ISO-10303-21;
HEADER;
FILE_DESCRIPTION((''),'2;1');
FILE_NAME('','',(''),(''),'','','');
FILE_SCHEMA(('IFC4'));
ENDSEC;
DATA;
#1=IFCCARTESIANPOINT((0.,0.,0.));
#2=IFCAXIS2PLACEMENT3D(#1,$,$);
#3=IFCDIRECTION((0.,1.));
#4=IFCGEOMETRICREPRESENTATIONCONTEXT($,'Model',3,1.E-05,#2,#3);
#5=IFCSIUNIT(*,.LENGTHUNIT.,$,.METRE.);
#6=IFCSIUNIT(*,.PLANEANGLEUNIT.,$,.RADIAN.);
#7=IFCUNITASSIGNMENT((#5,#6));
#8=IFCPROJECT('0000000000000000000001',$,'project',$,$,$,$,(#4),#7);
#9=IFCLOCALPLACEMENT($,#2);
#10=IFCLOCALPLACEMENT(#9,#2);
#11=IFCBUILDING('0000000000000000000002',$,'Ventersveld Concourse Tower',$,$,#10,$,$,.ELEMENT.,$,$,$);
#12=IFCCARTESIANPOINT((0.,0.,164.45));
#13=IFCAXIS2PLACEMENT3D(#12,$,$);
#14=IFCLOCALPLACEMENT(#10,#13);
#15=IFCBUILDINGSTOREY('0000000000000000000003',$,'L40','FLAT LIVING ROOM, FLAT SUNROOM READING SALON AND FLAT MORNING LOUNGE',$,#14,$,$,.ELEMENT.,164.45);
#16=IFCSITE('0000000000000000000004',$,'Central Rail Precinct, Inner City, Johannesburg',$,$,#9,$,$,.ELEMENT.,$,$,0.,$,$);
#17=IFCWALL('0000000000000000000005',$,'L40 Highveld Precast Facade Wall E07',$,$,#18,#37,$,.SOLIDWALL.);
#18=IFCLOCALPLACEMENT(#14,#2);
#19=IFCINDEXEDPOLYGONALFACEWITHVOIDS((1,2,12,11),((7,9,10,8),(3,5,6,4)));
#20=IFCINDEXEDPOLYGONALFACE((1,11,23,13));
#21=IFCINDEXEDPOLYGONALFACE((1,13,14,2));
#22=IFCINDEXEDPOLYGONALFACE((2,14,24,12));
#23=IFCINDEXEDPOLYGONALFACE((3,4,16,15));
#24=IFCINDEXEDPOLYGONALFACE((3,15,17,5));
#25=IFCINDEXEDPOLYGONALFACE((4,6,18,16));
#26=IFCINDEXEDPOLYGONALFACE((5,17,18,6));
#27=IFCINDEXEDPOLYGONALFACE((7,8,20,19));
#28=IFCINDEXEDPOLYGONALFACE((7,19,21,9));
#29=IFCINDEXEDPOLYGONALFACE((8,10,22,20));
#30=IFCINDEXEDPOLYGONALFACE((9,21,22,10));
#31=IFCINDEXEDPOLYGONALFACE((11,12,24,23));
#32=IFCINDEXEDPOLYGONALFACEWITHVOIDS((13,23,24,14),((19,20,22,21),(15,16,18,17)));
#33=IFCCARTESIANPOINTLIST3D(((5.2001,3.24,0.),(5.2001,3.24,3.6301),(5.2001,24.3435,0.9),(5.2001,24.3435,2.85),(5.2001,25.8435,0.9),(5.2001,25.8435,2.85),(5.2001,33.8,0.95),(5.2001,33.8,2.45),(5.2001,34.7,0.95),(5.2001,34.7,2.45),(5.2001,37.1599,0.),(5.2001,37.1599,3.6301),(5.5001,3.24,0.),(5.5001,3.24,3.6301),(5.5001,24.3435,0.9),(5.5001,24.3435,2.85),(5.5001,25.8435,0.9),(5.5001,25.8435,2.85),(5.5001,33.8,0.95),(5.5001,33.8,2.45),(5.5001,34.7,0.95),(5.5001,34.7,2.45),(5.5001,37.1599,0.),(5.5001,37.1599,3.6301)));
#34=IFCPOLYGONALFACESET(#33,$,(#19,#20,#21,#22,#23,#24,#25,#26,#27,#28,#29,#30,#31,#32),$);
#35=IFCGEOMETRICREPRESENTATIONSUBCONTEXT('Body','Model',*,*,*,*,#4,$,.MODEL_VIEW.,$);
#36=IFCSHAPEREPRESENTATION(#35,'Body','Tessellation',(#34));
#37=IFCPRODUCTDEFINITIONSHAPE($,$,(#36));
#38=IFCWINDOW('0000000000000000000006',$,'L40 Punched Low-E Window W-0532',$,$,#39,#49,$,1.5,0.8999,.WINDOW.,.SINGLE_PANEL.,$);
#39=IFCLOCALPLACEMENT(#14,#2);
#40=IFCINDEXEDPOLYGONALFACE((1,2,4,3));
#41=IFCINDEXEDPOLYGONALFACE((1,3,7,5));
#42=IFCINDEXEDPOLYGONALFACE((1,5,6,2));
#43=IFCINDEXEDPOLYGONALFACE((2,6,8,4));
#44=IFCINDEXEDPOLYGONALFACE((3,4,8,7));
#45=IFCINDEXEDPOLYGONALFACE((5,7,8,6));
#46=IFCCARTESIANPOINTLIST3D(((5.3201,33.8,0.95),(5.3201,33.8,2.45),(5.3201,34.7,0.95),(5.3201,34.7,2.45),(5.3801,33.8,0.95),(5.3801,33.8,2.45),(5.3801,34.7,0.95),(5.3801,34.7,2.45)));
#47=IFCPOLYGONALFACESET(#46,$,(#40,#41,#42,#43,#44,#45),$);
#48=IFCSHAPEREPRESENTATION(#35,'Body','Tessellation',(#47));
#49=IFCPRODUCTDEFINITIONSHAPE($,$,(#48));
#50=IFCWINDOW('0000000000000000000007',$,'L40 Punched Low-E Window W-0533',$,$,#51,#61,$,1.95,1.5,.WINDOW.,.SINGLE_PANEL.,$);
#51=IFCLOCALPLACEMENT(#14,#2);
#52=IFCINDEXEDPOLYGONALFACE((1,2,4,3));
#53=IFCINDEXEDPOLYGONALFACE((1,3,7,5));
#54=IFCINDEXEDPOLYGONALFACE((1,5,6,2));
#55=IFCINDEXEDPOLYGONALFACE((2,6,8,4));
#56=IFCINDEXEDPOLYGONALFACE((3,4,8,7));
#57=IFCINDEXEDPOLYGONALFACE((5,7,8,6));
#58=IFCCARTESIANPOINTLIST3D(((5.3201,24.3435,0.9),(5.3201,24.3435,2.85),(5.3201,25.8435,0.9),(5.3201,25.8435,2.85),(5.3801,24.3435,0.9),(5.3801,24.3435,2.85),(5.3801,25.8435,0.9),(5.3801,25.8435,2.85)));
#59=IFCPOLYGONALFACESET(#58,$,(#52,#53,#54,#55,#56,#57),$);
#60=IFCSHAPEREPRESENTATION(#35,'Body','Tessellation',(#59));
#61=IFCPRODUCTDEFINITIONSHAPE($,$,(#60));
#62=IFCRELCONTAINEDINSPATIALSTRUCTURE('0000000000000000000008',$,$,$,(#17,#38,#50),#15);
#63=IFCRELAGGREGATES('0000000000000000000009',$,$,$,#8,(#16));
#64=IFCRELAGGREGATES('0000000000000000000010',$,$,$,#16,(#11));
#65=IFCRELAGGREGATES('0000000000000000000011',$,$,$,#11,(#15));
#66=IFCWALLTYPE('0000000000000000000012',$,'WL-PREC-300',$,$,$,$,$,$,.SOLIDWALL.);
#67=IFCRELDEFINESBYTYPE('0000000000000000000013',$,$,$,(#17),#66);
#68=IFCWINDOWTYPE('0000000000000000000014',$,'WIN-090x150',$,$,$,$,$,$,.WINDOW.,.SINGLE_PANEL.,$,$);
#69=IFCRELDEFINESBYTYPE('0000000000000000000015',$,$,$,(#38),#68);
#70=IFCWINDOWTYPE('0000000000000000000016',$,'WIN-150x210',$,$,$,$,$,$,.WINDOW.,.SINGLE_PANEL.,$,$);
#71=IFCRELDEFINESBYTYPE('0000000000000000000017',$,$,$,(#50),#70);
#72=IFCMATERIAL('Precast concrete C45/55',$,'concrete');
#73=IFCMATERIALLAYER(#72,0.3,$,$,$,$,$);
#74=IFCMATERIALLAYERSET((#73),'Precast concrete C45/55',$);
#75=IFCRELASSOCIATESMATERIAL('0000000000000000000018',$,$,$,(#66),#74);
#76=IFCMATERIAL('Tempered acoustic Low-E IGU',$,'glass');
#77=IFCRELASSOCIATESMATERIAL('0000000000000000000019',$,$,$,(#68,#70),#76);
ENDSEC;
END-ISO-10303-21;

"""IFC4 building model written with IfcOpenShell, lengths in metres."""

from ifc_helpers import new_model, si_unit, direction, frame, frame_2d, origin, place, context, subcontext, project, spatial, rectangle, extrude, material, layer, layer_set, type_object, element, fill, save


model = new_model("IFC4")

# Units and contexts
model_context = context("Model", 3, precision=1e-05, world=origin(), true_north=direction((0.0, 1.0)))
body_context = subcontext(model_context, "Body", "Model", "MODEL_VIEW")
ifc_project = project(units=[si_unit("LENGTHUNIT", "METRE"), si_unit("PLANEANGLEUNIT", "RADIAN")], contexts=[model_context])

# Site, building, storey
site_placement = place(None, origin())
site = spatial("IfcSite", under=ifc_project, at=site_placement, Name="Central Rail Precinct, Inner City, Johannesburg", CompositionType="ELEMENT", RefElevation=0.0)
building_placement = place(site_placement, origin())
building = spatial("IfcBuilding", under=site, at=building_placement, Name="Ventersveld Concourse Tower", CompositionType="ELEMENT")
storey_placement = place(building_placement, frame((0.0, 0.0, 164.45)))
storey = spatial("IfcBuildingStorey", under=building, at=storey_placement, Name="L40", Description="FLAT LIVING ROOM, FLAT SUNROOM READING SALON AND FLAT MORNING LOUNGE", CompositionType="ELEMENT", Elevation=164.45)

# Shared definitions
ifc_material_1 = material(Name="Precast concrete C45/55", Category="concrete")
ifc_layer_1 = layer(ifc_material_1, 0.3)
ifc_layer_set_1 = layer_set([ifc_layer_1], Name="Precast concrete C45/55")
wall_type_1 = type_object("IfcWallType", Name="WL-PREC-300", PredefinedType="SOLIDWALL", material=ifc_layer_set_1)

# Wall, openings, windows
wall_1_placement = place(storey_placement, frame((5.3501, 37.1599, 0.0), z_axis=(0.0, 0.0, 1.0), x_axis=(0.0, -1.0, 0.0)))
wall_1 = element("IfcWall", 1, at=wall_1_placement, inside=storey, type_object=wall_type_1, Name="L40 Highveld Precast Facade Wall E07", PredefinedType="SOLIDWALL", context=body_context, shape_type="SweptSolid", body=[
    extrude(rectangle(XDim=33.9199, YDim=0.3, at=frame_2d((16.96, 0.0))), origin(), (0.0, 0.0, 1.0), 3.6301),
])
opening_1_placement = place(wall_1_placement, frame((2.46, 0.0, 0.95)))
opening_1 = element("IfcOpeningElement", 2, at=opening_1_placement, cuts=wall_1, PredefinedType="OPENING", context=body_context, shape_type="SweptSolid", body=[
    extrude(rectangle(XDim=0.8999, YDim=1.5, at=frame_2d((0.45, 0.75))), frame((0.0, 0.1602, 0.0), z_axis=(0.0, -1.0, 0.0), x_axis=(1.0, 0.0, 0.0)), (0.0, 0.0, 1.0), 0.3201),
])
opening_2_placement = place(wall_1_placement, frame((11.3164, 0.0, 0.8999)))
opening_2 = element("IfcOpeningElement", 3, at=opening_2_placement, cuts=wall_1, PredefinedType="OPENING", context=body_context, shape_type="SweptSolid", body=[
    extrude(rectangle(XDim=1.5, YDim=1.95, at=frame_2d((0.75, 0.9751))), frame((0.0, 0.1602, 0.0), z_axis=(0.0, -1.0, 0.0), x_axis=(1.0, 0.0, 0.0)), (0.0, 0.0, 1.0), 0.3201),
])
ifc_material_2 = material(Name="Tempered acoustic Low-E IGU", Category="glass")
window_type_1 = type_object("IfcWindowType", Name="WIN-090x150", PartitioningType="SINGLE_PANEL", PredefinedType="WINDOW", material=ifc_material_2)
window_1_placement = place(opening_1_placement, origin())
window_1 = element("IfcWindow", 4, at=window_1_placement, inside=storey, type_object=window_type_1, Name="L40 Punched Low-E Window W-0532", OverallHeight=1.5, OverallWidth=0.8999, PartitioningType="SINGLE_PANEL", PredefinedType="WINDOW", context=body_context, shape_type="SweptSolid", body=[
    extrude(rectangle(XDim=0.8999, YDim=1.5, at=frame_2d((0.45, 0.75))), frame((0.0, 0.03, 0.0), z_axis=(0.0, -1.0, 0.0), x_axis=(1.0, 0.0, 0.0)), (0.0, 0.0, 1.0), 0.0601),
])
fill(opening_1, window_1)
window_type_2 = type_object("IfcWindowType", Name="WIN-150x210", PartitioningType="SINGLE_PANEL", PredefinedType="WINDOW", material=ifc_material_2)
window_2_placement = place(opening_2_placement, origin())
window_2 = element("IfcWindow", 5, at=window_2_placement, inside=storey, type_object=window_type_2, Name="L40 Punched Low-E Window W-0533", OverallHeight=1.95, OverallWidth=1.5, PartitioningType="SINGLE_PANEL", PredefinedType="WINDOW", context=body_context, shape_type="SweptSolid", body=[
    extrude(rectangle(XDim=1.5, YDim=1.95, at=frame_2d((0.75, 0.9751))), frame((0.0, 0.03, 0.0), z_axis=(0.0, -1.0, 0.0), x_axis=(1.0, 0.0, 0.0)), (0.0, 0.0, 1.0), 0.0601),
])
fill(opening_2, window_2)

save(model, "model.ifc")
